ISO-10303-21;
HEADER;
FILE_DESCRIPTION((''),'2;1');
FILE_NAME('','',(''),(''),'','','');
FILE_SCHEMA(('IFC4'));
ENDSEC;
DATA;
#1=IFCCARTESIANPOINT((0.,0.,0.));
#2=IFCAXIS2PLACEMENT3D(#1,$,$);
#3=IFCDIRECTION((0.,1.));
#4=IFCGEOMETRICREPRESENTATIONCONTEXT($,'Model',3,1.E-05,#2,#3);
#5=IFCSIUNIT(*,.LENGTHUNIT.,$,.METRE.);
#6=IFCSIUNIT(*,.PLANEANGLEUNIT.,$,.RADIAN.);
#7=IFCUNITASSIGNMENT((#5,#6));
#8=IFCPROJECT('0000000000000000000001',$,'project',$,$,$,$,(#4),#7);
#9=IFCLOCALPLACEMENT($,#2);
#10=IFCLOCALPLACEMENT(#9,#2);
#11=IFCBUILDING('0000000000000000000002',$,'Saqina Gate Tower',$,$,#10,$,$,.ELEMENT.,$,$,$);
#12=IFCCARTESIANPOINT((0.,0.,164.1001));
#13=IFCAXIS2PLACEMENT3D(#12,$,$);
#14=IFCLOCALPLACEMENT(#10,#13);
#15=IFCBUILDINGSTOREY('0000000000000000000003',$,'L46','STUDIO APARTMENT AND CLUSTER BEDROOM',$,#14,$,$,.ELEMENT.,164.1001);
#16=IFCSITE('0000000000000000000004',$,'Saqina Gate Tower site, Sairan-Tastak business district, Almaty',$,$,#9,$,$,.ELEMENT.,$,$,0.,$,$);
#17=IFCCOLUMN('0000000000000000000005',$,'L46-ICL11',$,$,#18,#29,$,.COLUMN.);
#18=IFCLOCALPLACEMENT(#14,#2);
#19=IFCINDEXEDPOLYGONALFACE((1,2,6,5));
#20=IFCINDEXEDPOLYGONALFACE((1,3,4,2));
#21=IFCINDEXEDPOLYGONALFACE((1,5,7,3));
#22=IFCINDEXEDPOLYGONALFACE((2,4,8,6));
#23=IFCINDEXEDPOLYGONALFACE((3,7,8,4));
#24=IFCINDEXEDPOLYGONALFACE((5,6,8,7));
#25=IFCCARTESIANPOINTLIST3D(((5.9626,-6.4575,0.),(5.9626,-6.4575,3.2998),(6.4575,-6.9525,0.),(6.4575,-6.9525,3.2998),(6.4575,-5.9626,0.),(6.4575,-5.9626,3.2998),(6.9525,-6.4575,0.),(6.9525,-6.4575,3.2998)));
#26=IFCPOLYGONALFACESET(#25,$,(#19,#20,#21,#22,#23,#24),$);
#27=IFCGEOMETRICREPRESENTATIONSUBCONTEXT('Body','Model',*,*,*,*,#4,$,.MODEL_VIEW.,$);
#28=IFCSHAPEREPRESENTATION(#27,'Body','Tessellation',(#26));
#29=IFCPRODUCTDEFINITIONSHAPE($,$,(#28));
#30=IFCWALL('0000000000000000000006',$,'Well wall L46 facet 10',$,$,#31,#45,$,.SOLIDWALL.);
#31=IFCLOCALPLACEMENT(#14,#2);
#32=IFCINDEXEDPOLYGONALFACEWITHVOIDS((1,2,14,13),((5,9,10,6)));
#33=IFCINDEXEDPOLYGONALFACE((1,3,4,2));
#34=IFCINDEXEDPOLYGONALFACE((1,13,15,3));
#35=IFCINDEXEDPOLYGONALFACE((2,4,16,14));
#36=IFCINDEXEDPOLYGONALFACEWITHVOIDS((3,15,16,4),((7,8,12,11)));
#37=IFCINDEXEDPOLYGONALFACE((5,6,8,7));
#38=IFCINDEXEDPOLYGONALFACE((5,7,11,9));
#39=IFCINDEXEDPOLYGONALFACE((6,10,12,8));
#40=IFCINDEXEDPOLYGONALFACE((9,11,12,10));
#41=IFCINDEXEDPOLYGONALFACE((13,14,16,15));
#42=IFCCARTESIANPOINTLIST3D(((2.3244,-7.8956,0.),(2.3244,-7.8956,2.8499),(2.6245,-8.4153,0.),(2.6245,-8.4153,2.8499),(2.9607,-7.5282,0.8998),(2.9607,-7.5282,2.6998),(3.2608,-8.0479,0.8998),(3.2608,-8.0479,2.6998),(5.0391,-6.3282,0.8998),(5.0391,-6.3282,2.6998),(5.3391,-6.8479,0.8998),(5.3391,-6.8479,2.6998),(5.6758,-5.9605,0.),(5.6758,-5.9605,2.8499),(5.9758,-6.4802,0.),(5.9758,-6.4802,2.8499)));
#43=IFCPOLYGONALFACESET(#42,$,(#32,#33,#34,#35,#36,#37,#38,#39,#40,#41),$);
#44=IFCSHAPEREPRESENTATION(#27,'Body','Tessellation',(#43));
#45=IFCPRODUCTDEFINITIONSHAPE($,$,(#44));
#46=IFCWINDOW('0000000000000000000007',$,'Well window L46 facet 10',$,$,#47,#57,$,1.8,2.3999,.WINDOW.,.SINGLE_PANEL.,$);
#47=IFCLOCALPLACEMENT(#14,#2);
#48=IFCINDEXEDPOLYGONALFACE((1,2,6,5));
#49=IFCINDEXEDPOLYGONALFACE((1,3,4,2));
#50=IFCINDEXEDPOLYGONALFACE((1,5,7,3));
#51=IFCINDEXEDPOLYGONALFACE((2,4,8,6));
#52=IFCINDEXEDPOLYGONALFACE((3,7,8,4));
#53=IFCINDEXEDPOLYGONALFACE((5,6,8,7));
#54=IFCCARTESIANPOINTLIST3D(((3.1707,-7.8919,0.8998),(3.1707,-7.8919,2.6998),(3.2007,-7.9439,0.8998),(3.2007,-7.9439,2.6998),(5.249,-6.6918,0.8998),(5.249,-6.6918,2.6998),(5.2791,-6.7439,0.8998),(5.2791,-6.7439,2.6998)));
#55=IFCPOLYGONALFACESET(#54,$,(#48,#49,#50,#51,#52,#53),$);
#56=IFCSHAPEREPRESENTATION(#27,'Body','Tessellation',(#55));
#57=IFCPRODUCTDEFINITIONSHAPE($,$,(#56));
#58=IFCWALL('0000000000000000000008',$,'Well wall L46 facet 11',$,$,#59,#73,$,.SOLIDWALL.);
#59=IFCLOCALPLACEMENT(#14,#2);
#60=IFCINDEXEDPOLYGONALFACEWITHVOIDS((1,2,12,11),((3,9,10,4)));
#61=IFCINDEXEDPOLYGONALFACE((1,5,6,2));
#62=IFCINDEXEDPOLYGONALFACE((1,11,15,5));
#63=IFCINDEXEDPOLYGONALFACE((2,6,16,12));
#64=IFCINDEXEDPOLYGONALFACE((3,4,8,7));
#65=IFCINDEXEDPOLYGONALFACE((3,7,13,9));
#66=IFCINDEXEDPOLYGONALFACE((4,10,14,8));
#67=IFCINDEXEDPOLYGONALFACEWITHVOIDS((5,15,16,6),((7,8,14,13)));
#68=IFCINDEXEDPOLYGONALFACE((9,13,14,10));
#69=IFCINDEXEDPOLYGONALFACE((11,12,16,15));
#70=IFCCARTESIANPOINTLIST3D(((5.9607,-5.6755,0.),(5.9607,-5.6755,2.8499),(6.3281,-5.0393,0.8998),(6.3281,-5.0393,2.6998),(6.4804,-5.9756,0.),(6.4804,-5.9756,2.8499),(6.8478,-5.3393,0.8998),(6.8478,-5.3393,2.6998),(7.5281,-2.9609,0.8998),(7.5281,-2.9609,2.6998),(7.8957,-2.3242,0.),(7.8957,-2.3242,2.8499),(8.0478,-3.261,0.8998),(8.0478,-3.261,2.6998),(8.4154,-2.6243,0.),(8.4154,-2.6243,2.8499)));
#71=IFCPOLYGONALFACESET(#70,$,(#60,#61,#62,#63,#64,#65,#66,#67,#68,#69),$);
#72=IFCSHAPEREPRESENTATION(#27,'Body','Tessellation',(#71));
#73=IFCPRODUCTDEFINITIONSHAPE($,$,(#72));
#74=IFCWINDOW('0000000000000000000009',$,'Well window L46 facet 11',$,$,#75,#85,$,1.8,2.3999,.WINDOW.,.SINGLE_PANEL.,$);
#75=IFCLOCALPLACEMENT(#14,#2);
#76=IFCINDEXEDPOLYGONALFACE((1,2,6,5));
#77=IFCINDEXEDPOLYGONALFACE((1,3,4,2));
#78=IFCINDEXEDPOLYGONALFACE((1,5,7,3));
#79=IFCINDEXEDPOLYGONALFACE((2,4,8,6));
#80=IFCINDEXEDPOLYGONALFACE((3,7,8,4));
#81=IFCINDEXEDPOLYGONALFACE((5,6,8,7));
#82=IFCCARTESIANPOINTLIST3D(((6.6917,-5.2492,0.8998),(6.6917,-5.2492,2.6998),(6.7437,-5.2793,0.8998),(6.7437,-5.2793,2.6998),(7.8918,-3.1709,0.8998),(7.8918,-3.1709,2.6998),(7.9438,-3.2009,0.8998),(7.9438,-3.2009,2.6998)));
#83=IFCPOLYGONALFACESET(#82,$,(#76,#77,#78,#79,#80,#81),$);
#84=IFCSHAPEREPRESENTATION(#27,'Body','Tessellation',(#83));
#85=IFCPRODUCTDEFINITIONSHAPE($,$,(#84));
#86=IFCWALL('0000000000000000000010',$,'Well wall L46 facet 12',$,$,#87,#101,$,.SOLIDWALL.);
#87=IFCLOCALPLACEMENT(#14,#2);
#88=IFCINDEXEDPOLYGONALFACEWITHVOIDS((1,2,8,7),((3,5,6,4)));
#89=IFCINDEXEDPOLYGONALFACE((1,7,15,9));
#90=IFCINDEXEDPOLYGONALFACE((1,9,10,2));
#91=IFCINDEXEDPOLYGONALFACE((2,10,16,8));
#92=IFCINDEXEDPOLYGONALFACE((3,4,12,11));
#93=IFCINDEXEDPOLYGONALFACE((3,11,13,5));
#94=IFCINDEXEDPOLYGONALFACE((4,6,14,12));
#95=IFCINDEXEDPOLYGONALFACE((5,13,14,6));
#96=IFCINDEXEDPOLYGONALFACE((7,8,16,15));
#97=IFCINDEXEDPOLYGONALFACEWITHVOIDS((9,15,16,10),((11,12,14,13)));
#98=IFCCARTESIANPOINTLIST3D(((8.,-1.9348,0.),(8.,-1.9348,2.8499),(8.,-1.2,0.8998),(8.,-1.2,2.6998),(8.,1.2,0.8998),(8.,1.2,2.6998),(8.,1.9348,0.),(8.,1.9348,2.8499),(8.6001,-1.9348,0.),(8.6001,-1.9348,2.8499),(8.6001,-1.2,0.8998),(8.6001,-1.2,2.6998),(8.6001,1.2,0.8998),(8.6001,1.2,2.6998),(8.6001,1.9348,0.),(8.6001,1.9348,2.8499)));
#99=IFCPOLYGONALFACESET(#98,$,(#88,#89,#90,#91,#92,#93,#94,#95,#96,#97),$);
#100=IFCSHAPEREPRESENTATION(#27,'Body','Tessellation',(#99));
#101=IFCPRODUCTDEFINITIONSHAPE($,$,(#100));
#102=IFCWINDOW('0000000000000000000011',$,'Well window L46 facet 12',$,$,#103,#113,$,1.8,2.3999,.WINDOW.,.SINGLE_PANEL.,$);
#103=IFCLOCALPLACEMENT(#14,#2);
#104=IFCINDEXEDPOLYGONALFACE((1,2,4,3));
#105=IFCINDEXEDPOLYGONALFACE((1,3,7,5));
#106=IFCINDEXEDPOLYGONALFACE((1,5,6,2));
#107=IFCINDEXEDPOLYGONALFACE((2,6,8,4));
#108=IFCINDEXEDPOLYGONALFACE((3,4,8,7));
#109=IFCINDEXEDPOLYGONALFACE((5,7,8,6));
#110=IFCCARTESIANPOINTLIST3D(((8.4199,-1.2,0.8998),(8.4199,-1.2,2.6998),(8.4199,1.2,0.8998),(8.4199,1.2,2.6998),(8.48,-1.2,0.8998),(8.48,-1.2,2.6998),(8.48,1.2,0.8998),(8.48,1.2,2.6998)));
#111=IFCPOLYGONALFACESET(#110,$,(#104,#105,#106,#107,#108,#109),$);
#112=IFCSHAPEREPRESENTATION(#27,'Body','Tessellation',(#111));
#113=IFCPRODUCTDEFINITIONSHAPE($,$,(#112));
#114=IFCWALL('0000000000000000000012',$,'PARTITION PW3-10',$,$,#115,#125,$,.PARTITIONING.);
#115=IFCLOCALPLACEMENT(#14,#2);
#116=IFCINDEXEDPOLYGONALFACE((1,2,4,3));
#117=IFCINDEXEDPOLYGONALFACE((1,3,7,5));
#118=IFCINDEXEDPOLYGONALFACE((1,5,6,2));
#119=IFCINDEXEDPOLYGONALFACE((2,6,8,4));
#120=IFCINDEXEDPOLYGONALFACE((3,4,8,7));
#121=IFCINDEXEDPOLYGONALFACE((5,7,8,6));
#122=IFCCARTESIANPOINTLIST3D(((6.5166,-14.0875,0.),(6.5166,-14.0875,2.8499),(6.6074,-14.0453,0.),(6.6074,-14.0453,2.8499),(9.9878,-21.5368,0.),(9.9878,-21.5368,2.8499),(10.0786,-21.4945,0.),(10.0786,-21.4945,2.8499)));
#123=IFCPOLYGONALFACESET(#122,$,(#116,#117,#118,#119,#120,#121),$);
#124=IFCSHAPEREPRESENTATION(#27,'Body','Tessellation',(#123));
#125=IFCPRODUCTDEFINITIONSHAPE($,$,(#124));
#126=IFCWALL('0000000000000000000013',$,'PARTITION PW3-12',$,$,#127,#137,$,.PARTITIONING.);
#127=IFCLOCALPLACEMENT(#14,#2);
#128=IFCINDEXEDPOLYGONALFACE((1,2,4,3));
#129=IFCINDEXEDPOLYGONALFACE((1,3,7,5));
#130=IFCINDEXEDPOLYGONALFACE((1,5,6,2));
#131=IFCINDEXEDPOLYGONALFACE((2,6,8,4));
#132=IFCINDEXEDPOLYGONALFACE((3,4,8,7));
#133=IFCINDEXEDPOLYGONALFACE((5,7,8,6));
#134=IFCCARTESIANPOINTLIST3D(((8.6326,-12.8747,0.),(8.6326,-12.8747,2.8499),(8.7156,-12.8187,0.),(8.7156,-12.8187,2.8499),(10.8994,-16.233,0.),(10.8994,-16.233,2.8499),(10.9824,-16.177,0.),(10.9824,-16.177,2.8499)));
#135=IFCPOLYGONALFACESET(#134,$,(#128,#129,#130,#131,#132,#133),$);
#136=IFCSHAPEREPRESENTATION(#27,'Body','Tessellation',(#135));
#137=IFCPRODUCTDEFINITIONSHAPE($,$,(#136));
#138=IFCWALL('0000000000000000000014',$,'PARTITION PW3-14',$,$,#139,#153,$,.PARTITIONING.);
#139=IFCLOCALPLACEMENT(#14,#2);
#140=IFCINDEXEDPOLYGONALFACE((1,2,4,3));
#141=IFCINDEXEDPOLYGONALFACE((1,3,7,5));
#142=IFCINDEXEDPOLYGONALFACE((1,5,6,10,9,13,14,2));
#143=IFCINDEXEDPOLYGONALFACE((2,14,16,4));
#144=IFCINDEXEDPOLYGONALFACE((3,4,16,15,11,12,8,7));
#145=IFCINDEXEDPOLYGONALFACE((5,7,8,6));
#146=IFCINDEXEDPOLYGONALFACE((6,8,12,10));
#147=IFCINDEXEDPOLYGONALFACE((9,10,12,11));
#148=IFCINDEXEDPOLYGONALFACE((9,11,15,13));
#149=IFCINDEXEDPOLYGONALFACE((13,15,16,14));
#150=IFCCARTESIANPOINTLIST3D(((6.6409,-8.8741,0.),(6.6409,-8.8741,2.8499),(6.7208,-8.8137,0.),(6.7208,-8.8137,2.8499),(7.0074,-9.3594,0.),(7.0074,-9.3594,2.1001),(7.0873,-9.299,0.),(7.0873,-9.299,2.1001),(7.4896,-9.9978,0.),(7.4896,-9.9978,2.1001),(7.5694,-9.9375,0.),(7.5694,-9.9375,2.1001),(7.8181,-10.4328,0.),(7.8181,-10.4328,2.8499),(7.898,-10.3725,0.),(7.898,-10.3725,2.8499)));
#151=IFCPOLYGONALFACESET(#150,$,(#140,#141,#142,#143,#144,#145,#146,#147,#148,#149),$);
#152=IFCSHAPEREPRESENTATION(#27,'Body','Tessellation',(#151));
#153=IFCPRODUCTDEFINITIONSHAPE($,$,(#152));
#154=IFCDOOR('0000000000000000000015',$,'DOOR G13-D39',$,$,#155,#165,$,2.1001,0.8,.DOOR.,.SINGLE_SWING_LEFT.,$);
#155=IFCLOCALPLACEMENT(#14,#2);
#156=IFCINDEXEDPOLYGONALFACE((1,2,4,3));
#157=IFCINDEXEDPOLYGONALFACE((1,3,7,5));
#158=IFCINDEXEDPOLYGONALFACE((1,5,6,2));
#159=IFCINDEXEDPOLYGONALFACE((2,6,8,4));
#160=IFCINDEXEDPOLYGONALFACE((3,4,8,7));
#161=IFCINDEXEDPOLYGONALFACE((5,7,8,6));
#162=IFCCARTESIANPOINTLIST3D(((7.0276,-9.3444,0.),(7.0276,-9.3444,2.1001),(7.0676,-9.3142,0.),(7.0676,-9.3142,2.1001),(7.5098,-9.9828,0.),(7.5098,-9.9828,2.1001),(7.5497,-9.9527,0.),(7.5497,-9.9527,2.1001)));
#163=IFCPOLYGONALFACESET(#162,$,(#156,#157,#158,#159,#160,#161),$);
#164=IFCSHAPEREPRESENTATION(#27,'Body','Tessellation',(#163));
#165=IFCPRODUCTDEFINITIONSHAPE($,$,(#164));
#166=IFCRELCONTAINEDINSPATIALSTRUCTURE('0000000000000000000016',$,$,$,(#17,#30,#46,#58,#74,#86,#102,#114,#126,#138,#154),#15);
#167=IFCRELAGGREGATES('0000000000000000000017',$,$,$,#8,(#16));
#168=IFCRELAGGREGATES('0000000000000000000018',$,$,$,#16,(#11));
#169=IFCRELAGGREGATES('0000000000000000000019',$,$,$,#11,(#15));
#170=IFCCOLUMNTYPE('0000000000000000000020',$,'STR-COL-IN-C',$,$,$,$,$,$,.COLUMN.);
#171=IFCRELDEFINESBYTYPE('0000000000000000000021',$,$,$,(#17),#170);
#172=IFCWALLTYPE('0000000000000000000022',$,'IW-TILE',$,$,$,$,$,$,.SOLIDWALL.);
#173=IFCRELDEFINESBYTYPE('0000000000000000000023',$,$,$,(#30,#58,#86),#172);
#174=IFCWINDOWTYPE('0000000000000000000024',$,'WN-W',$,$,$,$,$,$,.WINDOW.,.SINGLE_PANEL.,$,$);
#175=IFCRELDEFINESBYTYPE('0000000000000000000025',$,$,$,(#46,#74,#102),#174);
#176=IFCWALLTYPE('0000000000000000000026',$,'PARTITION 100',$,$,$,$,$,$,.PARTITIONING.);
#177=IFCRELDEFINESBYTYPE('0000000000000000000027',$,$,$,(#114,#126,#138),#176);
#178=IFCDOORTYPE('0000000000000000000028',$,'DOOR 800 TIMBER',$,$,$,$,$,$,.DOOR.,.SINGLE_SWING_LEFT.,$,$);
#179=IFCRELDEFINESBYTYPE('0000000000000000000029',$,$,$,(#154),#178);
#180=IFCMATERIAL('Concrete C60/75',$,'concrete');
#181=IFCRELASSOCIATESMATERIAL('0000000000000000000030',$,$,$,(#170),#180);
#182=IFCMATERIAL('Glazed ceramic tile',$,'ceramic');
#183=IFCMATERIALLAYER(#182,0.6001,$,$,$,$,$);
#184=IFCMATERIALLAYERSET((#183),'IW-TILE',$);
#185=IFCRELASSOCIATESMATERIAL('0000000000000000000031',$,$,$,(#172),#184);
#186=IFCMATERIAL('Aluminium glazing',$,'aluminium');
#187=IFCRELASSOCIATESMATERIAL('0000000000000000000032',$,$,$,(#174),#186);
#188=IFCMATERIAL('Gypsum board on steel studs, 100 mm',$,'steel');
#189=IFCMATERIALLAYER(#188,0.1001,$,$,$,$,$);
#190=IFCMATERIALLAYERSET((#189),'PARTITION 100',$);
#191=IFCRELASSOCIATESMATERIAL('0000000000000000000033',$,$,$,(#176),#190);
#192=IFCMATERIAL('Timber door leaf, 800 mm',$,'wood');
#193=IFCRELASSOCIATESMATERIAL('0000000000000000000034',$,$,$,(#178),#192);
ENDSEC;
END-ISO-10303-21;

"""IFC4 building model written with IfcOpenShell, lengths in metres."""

from ifc_helpers import new_model, si_unit, direction, frame, frame_2d, origin, origin_2d, place, context, subcontext, project, spatial, rectangle, extrude, material, layer, layer_set, material_profile, profile_set, type_object, element, fill, save


model = new_model("IFC4")

# Units and contexts
model_context = context("Model", 3, precision=1e-05, world=origin(), true_north=direction((0.0, 1.0)))
body_context = subcontext(model_context, "Body", "Model", "MODEL_VIEW")
ifc_project = project(units=[si_unit("LENGTHUNIT", "METRE"), si_unit("PLANEANGLEUNIT", "RADIAN")], contexts=[model_context])

# Site, building, storey
site_placement = place(None, origin())
site = spatial("IfcSite", under=ifc_project, at=site_placement, Name="Saqina Gate Tower site, Sairan-Tastak business district, Almaty", CompositionType="ELEMENT", RefElevation=0.0)
building_placement = place(site_placement, origin())
building = spatial("IfcBuilding", under=site, at=building_placement, Name="Saqina Gate Tower", CompositionType="ELEMENT")
storey_placement = place(building_placement, frame((0.0, 0.0, 164.1001)))
storey = spatial("IfcBuildingStorey", under=building, at=storey_placement, Name="L46", Description="STUDIO APARTMENT AND CLUSTER BEDROOM", CompositionType="ELEMENT", Elevation=164.1001)

# Column
ifc_material_1 = material(Name="Concrete C60/75", Category="concrete")
ifc_material_profile = material_profile(ifc_material_1, rectangle(XDim=0.7, YDim=0.7, at=origin_2d()), Name="RC 700x700")
ifc_profile_set = profile_set([ifc_material_profile], Name="Concrete C60/75")
column_type = type_object("IfcColumnType", Name="STR-COL-IN-C", PredefinedType="COLUMN", material=ifc_profile_set)
column_placement = place(storey_placement, frame((6.4575, -6.4575, 0.0), z_axis=(0.0, 0.0, 1.0), x_axis=(0.707107, -0.707107, 0.0)))
element("IfcColumn", 1, at=column_placement, inside=storey, type_object=column_type, Name="L46-ICL11", PredefinedType="COLUMN", context=body_context, shape_type="SweptSolid", body=[
    extrude(rectangle(XDim=0.7, YDim=0.7, at=origin_2d()), origin(), (0.0, 0.0, 1.0), 3.2998),
])

# Walls, openings, windows
ifc_material_2 = material(Name="Glazed ceramic tile", Category="ceramic")
ifc_layer_1 = layer(ifc_material_2, 0.6001)
ifc_layer_set_1 = layer_set([ifc_layer_1], Name="IW-TILE")
wall_type_1 = type_object("IfcWallType", Name="IW-TILE", PredefinedType="SOLIDWALL", material=ifc_layer_set_1)
wall_1_placement = place(storey_placement, frame((2.4744, -8.1555, 0.0), z_axis=(0.0, 0.0, 1.0), x_axis=(0.866006, 0.500034, 0.0)))
wall_1 = element("IfcWall", 2, at=wall_1_placement, inside=storey, type_object=wall_type_1, Name="Well wall L46 facet 10", PredefinedType="SOLIDWALL", context=body_context, shape_type="SweptSolid", body=[
    extrude(rectangle(XDim=3.8699, YDim=0.6001, at=frame_2d((1.9351, 0.0))), origin(), (0.0, 0.0, 1.0), 2.8499),
])
opening_1_placement = place(wall_1_placement, frame((0.7349, 0.0, 0.8999)))
opening_1 = element("IfcOpeningElement", 3, at=opening_1_placement, cuts=wall_1, PredefinedType="OPENING", context=body_context, shape_type="SweptSolid", body=[
    extrude(rectangle(XDim=2.3999, YDim=1.8, at=frame_2d((1.2, 0.8999))), frame((0.0, 0.312, 0.0), z_axis=(0.0, -1.0, 0.0), x_axis=(1.0, 0.0, 0.0)), (0.0, 0.0, 1.0), 0.624),
])
ifc_material_3 = material(Name="Aluminium glazing", Category="aluminium")
window_type = type_object("IfcWindowType", Name="WN-W", PartitioningType="SINGLE_PANEL", PredefinedType="WINDOW", material=ifc_material_3)
window_1_placement = place(opening_1_placement, origin())
window_1 = element("IfcWindow", 4, at=window_1_placement, inside=storey, type_object=window_type, Name="Well window L46 facet 10", OverallHeight=1.8, OverallWidth=2.3999, PartitioningType="SINGLE_PANEL", PredefinedType="WINDOW", context=body_context, shape_type="SweptSolid", body=[
    extrude(rectangle(XDim=2.3999, YDim=1.8, at=frame_2d((1.2, 0.8999))), frame((0.0, -0.1199, 0.0), z_axis=(0.0, -1.0, 0.0), x_axis=(1.0, 0.0, 0.0)), (0.0, 0.0, 1.0), 0.0601),
])
fill(opening_1, window_1)
wall_2_placement = place(storey_placement, frame((6.2205, -5.8257, 0.0), z_axis=(0.0, 0.0, 1.0), x_axis=(0.500034, 0.866006, 0.0)))
wall_2 = element("IfcWall", 5, at=wall_2_placement, inside=storey, type_object=wall_type_1, Name="Well wall L46 facet 11", PredefinedType="SOLIDWALL", context=body_context, shape_type="SweptSolid", body=[
    extrude(rectangle(XDim=3.8699, YDim=0.6001, at=frame_2d((1.9351, 0.0))), origin(), (0.0, 0.0, 1.0), 2.8499),
])
opening_2_placement = place(wall_2_placement, frame((0.7349, 0.0, 0.8999)))
opening_2 = element("IfcOpeningElement", 6, at=opening_2_placement, cuts=wall_2, PredefinedType="OPENING", context=body_context, shape_type="SweptSolid", body=[
    extrude(rectangle(XDim=2.3999, YDim=1.8, at=frame_2d((1.2, 0.8999))), frame((0.0, 0.312, 0.0), z_axis=(0.0, -1.0, 0.0), x_axis=(1.0, 0.0, 0.0)), (0.0, 0.0, 1.0), 0.624),
])
window_2_placement = place(opening_2_placement, origin())
window_2 = element("IfcWindow", 7, at=window_2_placement, inside=storey, type_object=window_type, Name="Well window L46 facet 11", OverallHeight=1.8, OverallWidth=2.3999, PartitioningType="SINGLE_PANEL", PredefinedType="WINDOW", context=body_context, shape_type="SweptSolid", body=[
    extrude(rectangle(XDim=2.3999, YDim=1.8, at=frame_2d((1.2, 0.8999))), frame((0.0, -0.1199, 0.0), z_axis=(0.0, -1.0, 0.0), x_axis=(1.0, 0.0, 0.0)), (0.0, 0.0, 1.0), 0.0601),
])
fill(opening_2, window_2)
wall_3_placement = place(storey_placement, frame((8.3, -1.9348, 0.0), z_axis=(0.0, 0.0, 1.0), x_axis=(0.0, 1.0, 0.0)))
wall_3 = element("IfcWall", 8, at=wall_3_placement, inside=storey, type_object=wall_type_1, Name="Well wall L46 facet 12", PredefinedType="SOLIDWALL", context=body_context, shape_type="SweptSolid", body=[
    extrude(rectangle(XDim=3.8696, YDim=0.6001, at=frame_2d((1.9348, 0.0))), origin(), (0.0, 0.0, 1.0), 2.8499),
])
opening_3_placement = place(wall_3_placement, frame((0.7349, 0.0, 0.8999)))
opening_3 = element("IfcOpeningElement", 9, at=opening_3_placement, cuts=wall_3, PredefinedType="OPENING", context=body_context, shape_type="SweptSolid", body=[
    extrude(rectangle(XDim=2.3999, YDim=1.8, at=frame_2d((1.2, 0.8999))), frame((0.0, 0.312, 0.0), z_axis=(0.0, -1.0, 0.0), x_axis=(1.0, 0.0, 0.0)), (0.0, 0.0, 1.0), 0.624),
])
window_3_placement = place(opening_3_placement, origin())
window_3 = element("IfcWindow", 10, at=window_3_placement, inside=storey, type_object=window_type, Name="Well window L46 facet 12", OverallHeight=1.8, OverallWidth=2.3999, PartitioningType="SINGLE_PANEL", PredefinedType="WINDOW", context=body_context, shape_type="SweptSolid", body=[
    extrude(rectangle(XDim=2.3999, YDim=1.8, at=frame_2d((1.2, 0.8999))), frame((0.0, -0.1199, 0.0), z_axis=(0.0, -1.0, 0.0), x_axis=(1.0, 0.0, 0.0)), (0.0, 0.0, 1.0), 0.0601),
])
fill(opening_3, window_3)

# Walls
ifc_material_4 = material(Name="Gypsum board on steel studs, 100 mm", Category="steel")
ifc_layer_2 = layer(ifc_material_4, 0.1001)
ifc_layer_set_2 = layer_set([ifc_layer_2], Name="PARTITION 100")
wall_type_2 = type_object("IfcWallType", Name="PARTITION 100", PredefinedType="PARTITIONING", material=ifc_layer_set_2)
wall_4_placement = place(storey_placement, frame((6.562, -14.0664, 0.0), z_axis=(0.0, 0.0, 1.0), x_axis=(0.422375, -0.906421, 0.0)))
element("IfcWall", 11, at=wall_4_placement, inside=storey, type_object=wall_type_2, Name="PARTITION PW3-10", PredefinedType="PARTITIONING", context=body_context, shape_type="SweptSolid", body=[
    extrude(rectangle(XDim=8.2183, YDim=0.1001, at=frame_2d((4.1091, 0.0))), origin(), (0.0, 0.0, 1.0), 2.8499),
])
wall_5_placement = place(storey_placement, frame((8.6741, -12.8467, 0.0), z_axis=(0.0, 0.0, 1.0), x_axis=(0.55946, -0.828857, 0.0)))
element("IfcWall", 12, at=wall_5_placement, inside=storey, type_object=wall_type_2, Name="PARTITION PW3-12", PredefinedType="PARTITIONING", context=body_context, shape_type="SweptSolid", body=[
    extrude(rectangle(XDim=4.0518, YDim=0.1001, at=frame_2d((2.0259, 0.0))), origin(), (0.0, 0.0, 1.0), 2.8499),
])

# Wall, opening, door
wall_6_placement = place(storey_placement, frame((6.6809, -8.844, 0.0), z_axis=(0.0, 0.0, 1.0), x_axis=(0.602656, -0.798001, 0.0)))
wall_6 = element("IfcWall", 13, at=wall_6_placement, inside=storey, type_object=wall_type_2, Name="PARTITION PW3-14", PredefinedType="PARTITIONING", context=body_context, shape_type="SweptSolid", body=[
    extrude(rectangle(XDim=1.9534, YDim=0.1001, at=frame_2d((0.9766, 0.0))), origin(), (0.0, 0.0, 1.0), 2.8499),
])
opening_4_placement = place(wall_6_placement, frame((0.6082, 0.0, 0.0)))
opening_4 = element("IfcOpeningElement", 14, at=opening_4_placement, cuts=wall_6, PredefinedType="OPENING", context=body_context, shape_type="SweptSolid", body=[
    extrude(rectangle(XDim=0.8, YDim=2.1001, at=frame_2d((0.3999, 1.05))), frame((0.0, 0.062, 0.0), z_axis=(0.0, -1.0, 0.0), x_axis=(1.0, 0.0, 0.0)), (0.0, 0.0, 1.0), 0.124),
])
ifc_material_5 = material(Name="Timber door leaf, 800 mm", Category="wood")
door_type_1 = type_object("IfcDoorType", Name="DOOR 800 TIMBER", OperationType="SINGLE_SWING_LEFT", PredefinedType="DOOR", material=ifc_material_5)
door_1_placement = place(opening_4_placement, frame((0.8, 0.0, 0.0), z_axis=(0.0, 0.0, 1.0), x_axis=(-1.0, 0.0, 0.0)))
door_1 = element("IfcDoor", 15, at=door_1_placement, inside=storey, type_object=door_type_1, Name="DOOR G13-D39", OperationType="SINGLE_SWING_LEFT", OverallHeight=2.1001, OverallWidth=0.8, PredefinedType="DOOR", context=body_context, shape_type="SweptSolid", body=[
    extrude(rectangle(XDim=0.8, YDim=2.1001, at=frame_2d((0.3999, 1.05))), frame((0.0, 0.0249, 0.0), z_axis=(0.0, -1.0, 0.0), x_axis=(1.0, 0.0, 0.0)), (0.0, 0.0, 1.0), 0.05),
])
fill(opening_4, door_1)

save(model, "model.ifc")
